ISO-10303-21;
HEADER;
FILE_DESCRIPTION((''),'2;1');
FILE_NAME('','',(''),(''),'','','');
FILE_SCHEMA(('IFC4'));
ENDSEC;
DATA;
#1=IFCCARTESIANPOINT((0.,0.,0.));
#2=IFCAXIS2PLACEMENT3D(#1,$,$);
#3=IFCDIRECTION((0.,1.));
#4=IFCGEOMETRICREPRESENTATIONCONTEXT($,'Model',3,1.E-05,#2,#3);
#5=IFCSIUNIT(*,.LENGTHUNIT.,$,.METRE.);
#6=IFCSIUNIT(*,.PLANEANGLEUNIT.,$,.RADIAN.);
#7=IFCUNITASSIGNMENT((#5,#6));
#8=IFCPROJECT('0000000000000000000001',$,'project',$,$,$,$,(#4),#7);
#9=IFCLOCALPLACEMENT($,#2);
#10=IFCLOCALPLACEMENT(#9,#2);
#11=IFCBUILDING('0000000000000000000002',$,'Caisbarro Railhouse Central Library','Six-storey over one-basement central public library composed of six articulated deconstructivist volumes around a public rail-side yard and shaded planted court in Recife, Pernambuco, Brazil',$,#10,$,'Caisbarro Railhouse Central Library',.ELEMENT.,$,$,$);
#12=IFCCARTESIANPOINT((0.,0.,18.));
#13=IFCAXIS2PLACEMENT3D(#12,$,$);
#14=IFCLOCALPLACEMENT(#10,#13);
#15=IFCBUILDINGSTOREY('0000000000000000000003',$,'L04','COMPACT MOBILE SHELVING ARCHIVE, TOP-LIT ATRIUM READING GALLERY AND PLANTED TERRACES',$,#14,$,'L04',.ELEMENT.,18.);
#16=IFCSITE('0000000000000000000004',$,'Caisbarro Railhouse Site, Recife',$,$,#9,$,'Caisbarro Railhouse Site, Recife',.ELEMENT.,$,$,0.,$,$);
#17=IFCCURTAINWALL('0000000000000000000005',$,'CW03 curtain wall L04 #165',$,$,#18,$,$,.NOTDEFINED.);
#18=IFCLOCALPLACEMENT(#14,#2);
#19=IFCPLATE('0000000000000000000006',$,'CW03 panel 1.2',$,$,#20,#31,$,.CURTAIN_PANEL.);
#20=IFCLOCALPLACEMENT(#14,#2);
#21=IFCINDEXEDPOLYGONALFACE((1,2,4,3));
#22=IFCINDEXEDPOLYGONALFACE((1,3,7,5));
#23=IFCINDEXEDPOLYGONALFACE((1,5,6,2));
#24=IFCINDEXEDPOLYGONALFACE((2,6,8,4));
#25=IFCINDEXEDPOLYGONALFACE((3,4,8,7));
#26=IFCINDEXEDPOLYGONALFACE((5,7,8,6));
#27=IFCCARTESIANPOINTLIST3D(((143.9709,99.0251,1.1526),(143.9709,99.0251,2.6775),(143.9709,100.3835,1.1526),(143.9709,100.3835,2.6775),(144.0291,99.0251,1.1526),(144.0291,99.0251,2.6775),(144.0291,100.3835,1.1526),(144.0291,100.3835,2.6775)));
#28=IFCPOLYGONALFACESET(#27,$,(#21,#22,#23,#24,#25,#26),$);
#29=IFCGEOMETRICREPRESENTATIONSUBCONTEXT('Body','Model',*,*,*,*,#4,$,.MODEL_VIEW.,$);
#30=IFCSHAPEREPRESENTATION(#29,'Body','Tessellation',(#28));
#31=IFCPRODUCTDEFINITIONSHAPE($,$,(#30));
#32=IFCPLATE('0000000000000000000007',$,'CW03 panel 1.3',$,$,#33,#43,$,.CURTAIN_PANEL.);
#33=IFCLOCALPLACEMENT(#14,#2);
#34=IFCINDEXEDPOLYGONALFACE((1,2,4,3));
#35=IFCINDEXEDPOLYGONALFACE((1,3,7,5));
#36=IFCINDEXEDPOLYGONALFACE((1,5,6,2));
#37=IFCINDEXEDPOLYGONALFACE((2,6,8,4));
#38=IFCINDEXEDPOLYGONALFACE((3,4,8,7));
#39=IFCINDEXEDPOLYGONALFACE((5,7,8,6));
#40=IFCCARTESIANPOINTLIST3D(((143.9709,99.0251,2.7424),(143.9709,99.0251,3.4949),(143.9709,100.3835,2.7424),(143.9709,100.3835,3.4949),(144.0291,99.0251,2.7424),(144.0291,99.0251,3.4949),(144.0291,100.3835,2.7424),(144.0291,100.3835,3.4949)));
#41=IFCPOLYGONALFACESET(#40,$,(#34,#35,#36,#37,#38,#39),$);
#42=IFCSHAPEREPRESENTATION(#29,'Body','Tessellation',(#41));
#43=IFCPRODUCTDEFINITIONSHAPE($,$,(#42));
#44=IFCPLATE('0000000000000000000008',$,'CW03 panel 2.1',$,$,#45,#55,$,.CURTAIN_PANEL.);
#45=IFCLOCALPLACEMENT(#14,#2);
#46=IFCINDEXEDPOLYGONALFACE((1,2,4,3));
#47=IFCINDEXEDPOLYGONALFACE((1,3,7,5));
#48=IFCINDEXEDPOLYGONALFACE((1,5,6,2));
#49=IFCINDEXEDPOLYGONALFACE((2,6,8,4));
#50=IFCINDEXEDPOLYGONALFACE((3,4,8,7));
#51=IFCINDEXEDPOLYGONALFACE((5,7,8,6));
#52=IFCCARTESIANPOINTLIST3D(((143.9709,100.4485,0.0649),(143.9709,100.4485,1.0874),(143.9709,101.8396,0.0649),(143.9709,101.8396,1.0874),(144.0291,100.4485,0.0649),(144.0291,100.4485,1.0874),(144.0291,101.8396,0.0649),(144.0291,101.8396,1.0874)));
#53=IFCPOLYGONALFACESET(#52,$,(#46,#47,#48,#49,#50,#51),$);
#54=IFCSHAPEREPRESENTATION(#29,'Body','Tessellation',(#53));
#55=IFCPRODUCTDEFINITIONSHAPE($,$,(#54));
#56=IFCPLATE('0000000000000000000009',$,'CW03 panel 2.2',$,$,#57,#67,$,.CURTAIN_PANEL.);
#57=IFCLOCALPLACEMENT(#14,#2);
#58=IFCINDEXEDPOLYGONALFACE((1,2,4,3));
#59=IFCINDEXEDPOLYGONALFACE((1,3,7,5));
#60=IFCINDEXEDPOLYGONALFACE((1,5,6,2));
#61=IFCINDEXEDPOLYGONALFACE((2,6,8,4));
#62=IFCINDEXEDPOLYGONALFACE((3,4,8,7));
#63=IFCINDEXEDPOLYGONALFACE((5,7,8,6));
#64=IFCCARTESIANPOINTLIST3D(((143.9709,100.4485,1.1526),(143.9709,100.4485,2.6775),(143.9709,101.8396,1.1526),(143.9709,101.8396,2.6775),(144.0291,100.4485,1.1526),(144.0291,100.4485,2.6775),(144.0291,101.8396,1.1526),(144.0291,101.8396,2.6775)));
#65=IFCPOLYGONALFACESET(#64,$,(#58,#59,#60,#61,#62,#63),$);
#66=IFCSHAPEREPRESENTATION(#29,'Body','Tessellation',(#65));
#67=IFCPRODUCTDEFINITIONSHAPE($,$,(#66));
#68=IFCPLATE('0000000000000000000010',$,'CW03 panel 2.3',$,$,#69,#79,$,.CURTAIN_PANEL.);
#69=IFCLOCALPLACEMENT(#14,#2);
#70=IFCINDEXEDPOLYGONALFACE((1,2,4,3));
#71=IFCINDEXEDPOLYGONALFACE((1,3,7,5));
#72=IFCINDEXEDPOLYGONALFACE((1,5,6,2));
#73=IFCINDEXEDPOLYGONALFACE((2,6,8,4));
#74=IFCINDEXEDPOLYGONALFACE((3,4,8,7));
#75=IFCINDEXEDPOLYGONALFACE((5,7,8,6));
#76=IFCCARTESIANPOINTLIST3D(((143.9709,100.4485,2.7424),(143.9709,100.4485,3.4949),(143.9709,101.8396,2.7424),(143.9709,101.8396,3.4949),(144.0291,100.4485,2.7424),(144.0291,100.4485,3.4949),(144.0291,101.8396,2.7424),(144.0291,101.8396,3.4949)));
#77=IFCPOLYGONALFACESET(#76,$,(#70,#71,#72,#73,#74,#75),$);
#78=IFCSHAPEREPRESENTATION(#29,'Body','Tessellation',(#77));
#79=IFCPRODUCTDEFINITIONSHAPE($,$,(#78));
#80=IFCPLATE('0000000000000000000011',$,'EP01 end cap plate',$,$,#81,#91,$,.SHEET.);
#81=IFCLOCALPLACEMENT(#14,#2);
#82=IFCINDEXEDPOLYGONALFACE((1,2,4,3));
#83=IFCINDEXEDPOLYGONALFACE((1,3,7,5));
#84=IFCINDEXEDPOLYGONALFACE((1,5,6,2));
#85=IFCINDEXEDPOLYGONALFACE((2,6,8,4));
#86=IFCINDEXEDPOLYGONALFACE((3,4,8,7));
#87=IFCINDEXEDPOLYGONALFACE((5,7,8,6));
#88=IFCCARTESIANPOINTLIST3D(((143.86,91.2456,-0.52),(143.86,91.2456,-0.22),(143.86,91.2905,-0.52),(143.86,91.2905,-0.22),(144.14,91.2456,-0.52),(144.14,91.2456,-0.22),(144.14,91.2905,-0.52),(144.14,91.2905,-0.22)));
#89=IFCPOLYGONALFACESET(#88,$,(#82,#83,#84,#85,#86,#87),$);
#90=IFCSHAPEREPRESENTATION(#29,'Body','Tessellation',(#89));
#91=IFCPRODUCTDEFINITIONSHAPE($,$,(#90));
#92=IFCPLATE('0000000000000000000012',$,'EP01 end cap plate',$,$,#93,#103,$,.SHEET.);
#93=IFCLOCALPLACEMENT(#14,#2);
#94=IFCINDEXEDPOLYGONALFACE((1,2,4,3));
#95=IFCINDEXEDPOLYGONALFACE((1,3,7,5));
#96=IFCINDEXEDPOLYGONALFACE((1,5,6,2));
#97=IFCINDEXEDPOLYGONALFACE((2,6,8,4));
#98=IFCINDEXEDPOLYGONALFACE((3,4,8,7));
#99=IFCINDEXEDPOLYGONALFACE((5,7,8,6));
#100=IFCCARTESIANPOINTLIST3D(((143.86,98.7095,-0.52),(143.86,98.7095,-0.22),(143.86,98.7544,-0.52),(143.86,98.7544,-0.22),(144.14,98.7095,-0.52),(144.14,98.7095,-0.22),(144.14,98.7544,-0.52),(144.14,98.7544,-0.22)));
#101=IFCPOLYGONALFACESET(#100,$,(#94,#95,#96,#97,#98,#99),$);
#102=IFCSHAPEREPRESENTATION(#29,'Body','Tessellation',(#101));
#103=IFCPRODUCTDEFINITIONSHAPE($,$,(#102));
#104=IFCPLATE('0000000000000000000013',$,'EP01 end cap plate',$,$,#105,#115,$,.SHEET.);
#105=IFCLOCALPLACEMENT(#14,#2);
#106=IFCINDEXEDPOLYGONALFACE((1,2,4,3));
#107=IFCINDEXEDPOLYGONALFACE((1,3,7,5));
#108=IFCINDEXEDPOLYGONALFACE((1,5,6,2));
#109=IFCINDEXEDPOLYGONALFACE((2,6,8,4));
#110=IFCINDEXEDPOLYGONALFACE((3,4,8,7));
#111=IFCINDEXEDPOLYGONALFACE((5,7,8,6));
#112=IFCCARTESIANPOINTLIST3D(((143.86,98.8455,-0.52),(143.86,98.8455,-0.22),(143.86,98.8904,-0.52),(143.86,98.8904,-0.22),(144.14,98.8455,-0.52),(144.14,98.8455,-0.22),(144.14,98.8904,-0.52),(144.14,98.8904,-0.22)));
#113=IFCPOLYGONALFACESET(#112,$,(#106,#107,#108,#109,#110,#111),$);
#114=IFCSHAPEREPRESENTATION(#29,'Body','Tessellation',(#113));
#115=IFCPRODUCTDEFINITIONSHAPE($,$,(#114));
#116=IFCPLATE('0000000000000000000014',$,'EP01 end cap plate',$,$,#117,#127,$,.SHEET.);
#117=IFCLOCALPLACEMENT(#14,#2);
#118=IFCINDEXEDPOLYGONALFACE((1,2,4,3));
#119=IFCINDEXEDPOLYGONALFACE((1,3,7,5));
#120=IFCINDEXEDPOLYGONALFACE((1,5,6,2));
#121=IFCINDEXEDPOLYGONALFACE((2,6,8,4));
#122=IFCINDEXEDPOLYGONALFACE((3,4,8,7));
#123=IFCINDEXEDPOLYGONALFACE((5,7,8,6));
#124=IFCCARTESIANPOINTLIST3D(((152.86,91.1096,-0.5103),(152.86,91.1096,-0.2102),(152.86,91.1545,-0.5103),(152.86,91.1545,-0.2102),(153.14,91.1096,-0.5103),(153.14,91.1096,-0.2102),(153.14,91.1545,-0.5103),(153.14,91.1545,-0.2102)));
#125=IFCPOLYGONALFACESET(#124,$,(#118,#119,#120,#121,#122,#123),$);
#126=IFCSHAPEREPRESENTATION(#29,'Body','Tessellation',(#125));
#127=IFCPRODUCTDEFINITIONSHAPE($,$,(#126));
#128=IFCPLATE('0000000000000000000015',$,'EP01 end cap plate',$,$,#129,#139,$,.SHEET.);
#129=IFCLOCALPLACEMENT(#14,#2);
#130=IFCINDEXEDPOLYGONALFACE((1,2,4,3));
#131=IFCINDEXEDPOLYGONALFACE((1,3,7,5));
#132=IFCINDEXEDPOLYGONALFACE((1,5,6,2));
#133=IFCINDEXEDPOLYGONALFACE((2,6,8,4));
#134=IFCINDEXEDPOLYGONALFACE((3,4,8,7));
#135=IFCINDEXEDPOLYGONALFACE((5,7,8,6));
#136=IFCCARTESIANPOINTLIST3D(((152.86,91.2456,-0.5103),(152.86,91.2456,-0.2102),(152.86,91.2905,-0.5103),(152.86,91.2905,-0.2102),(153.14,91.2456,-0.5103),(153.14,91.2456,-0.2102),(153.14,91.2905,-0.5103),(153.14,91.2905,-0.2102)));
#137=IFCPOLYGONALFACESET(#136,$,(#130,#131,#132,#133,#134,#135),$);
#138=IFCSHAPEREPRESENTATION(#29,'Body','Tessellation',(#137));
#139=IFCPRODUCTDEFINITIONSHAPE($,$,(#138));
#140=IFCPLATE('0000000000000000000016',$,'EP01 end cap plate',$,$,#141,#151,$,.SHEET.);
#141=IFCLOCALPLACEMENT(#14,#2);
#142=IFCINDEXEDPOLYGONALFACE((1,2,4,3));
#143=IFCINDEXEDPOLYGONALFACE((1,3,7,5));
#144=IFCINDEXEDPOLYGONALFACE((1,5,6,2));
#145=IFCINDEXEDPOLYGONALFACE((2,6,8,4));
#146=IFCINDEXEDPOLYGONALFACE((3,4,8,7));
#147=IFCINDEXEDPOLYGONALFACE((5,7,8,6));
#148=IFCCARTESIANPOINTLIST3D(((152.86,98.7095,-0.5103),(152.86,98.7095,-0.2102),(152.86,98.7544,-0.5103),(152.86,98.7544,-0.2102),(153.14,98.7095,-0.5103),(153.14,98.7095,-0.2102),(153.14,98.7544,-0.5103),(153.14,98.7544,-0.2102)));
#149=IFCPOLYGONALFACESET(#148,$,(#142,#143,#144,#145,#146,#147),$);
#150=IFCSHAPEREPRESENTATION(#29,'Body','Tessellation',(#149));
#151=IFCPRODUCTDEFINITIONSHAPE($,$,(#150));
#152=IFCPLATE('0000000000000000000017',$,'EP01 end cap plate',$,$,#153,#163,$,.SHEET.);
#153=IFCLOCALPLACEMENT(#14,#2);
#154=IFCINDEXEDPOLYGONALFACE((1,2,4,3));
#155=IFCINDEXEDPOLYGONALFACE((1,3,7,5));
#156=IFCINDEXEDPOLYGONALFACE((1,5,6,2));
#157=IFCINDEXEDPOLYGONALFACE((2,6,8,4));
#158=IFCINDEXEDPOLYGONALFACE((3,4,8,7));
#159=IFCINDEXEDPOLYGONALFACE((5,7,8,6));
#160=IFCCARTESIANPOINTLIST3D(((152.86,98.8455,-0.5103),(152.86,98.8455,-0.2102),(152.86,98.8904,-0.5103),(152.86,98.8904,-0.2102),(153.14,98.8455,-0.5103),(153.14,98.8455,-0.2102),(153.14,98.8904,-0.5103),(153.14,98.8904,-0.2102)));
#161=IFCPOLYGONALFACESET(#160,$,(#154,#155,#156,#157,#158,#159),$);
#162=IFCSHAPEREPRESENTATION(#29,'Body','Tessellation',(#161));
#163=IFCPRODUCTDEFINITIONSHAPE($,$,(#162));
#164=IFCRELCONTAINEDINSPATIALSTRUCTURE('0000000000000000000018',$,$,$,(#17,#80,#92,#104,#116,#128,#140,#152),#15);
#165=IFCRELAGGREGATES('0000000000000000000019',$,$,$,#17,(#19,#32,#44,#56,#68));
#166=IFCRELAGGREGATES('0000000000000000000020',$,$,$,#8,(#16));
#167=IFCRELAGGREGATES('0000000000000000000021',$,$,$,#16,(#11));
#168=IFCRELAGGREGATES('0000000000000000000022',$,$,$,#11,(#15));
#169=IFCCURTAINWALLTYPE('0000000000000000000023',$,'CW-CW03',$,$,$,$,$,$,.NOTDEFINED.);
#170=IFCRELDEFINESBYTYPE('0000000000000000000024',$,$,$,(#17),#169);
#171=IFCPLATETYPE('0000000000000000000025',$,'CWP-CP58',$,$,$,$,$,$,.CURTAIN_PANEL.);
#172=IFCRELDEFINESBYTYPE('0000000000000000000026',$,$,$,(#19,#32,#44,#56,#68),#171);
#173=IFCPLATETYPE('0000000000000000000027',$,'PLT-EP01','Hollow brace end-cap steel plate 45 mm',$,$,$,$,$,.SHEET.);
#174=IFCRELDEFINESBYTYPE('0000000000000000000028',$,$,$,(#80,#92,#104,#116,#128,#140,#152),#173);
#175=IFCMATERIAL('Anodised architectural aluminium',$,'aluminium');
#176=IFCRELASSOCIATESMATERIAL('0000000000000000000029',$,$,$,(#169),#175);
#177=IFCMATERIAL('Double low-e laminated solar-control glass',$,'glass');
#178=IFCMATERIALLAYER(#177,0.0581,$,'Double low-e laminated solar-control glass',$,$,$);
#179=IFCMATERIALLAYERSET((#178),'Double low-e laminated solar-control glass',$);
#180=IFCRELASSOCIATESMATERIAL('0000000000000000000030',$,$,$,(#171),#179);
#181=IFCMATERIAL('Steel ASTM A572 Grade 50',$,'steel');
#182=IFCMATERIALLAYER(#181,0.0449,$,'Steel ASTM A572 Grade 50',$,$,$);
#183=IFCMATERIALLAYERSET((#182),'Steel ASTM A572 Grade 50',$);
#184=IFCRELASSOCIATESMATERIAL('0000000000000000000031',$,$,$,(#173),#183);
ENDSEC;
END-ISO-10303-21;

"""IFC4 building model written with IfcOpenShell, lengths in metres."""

from ifc_helpers import new_model, si_unit, direction, frame, origin, origin_2d, place, context, subcontext, project, spatial, rectangle, extrude, material, layer, layer_set, type_object, element, aggregate, save


model = new_model("IFC4")

# Units and contexts
model_context = context("Model", 3, precision=1e-05, world=origin(), true_north=direction((0.0, 1.0)))
body_context = subcontext(model_context, "Body", "Model", "MODEL_VIEW")
ifc_project = project(units=[si_unit("LENGTHUNIT", "METRE"), si_unit("PLANEANGLEUNIT", "RADIAN")], contexts=[model_context])

# Site, building, storey
site_placement = place(None, origin())
site = spatial("IfcSite", under=ifc_project, at=site_placement, Name="Caisbarro Railhouse Site, Recife", LongName="Caisbarro Railhouse Site, Recife", CompositionType="ELEMENT", RefElevation=0.0)
building_placement = place(site_placement, origin())
building = spatial("IfcBuilding", under=site, at=building_placement, Name="Caisbarro Railhouse Central Library", Description="Six-storey over one-basement central public library composed of six articulated deconstructivist volumes around a public rail-side yard and shaded planted court in Recife, Pernambuco, Brazil", LongName="Caisbarro Railhouse Central Library", CompositionType="ELEMENT")
storey_placement = place(building_placement, frame((0.0, 0.0, 18.0)))
storey = spatial("IfcBuildingStorey", under=building, at=storey_placement, Name="L04", Description="COMPACT MOBILE SHELVING ARCHIVE, TOP-LIT ATRIUM READING GALLERY AND PLANTED TERRACES", LongName="L04", CompositionType="ELEMENT", Elevation=18.0)

# Shared definitions
ifc_material_1 = material(Name="Steel ASTM A572 Grade 50", Category="steel")

# Curtain wall, plates
ifc_material_2 = material(Name="Anodised architectural aluminium", Category="aluminium")
curtain_wall_type = type_object("IfcCurtainWallType", Name="CW-CW03", PredefinedType="NOTDEFINED", material=ifc_material_2)
curtain_wall_placement = place(storey_placement, origin())
curtain_wall = element("IfcCurtainWall", 1, at=curtain_wall_placement, inside=storey, type_object=curtain_wall_type, Name="CW03 curtain wall L04 #165", PredefinedType="NOTDEFINED")
ifc_material_3 = material(Name="Double low-e laminated solar-control glass", Category="glass")
ifc_layer_1 = layer(ifc_material_3, 0.0581, Name="Double low-e laminated solar-control glass")
ifc_layer_set_1 = layer_set([ifc_layer_1], Name="Double low-e laminated solar-control glass")
plate_type_1 = type_object("IfcPlateType", Name="CWP-CP58", PredefinedType="CURTAIN_PANEL", material=ifc_layer_set_1)
plate_1_placement = place(storey_placement, frame((144.0, 99.7043, 1.1526), z_axis=(0.0, 0.0, 1.0), x_axis=(0.0, 1.0, 0.0)))
plate_1 = element("IfcPlate", 2, at=plate_1_placement, type_object=plate_type_1, Name="CW03 panel 1.2", PredefinedType="CURTAIN_PANEL", context=body_context, shape_type="SweptSolid", body=[
    extrude(rectangle(XDim=1.3584, YDim=0.0581, at=origin_2d()), origin(), (0.0, 0.0, 1.0), 1.5249),
])
plate_2_placement = place(storey_placement, frame((144.0, 99.7043, 2.7424), z_axis=(0.0, 0.0, 1.0), x_axis=(0.0, 1.0, 0.0)))
plate_2 = element("IfcPlate", 3, at=plate_2_placement, type_object=plate_type_1, Name="CW03 panel 1.3", PredefinedType="CURTAIN_PANEL", context=body_context, shape_type="SweptSolid", body=[
    extrude(rectangle(XDim=1.3584, YDim=0.0581, at=origin_2d()), origin(), (0.0, 0.0, 1.0), 0.7524),
])
plate_3_placement = place(storey_placement, frame((144.0, 101.144, 0.0649), z_axis=(0.0, 0.0, 1.0), x_axis=(0.0, 1.0, 0.0)))
plate_3 = element("IfcPlate", 4, at=plate_3_placement, type_object=plate_type_1, Name="CW03 panel 2.1", PredefinedType="CURTAIN_PANEL", context=body_context, shape_type="SweptSolid", body=[
    extrude(rectangle(XDim=1.3911, YDim=0.0581, at=origin_2d()), origin(), (0.0, 0.0, 1.0), 1.0225),
])
plate_4_placement = place(storey_placement, frame((144.0, 101.144, 1.1526), z_axis=(0.0, 0.0, 1.0), x_axis=(0.0, 1.0, 0.0)))
plate_4 = element("IfcPlate", 5, at=plate_4_placement, type_object=plate_type_1, Name="CW03 panel 2.2", PredefinedType="CURTAIN_PANEL", context=body_context, shape_type="SweptSolid", body=[
    extrude(rectangle(XDim=1.3911, YDim=0.0581, at=origin_2d()), origin(), (0.0, 0.0, 1.0), 1.5249),
])
plate_5_placement = place(storey_placement, frame((144.0, 101.144, 2.7424), z_axis=(0.0, 0.0, 1.0), x_axis=(0.0, 1.0, 0.0)))
plate_5 = element("IfcPlate", 6, at=plate_5_placement, type_object=plate_type_1, Name="CW03 panel 2.3", PredefinedType="CURTAIN_PANEL", context=body_context, shape_type="SweptSolid", body=[
    extrude(rectangle(XDim=1.3911, YDim=0.0581, at=origin_2d()), origin(), (0.0, 0.0, 1.0), 0.7524),
])
aggregate(curtain_wall, [plate_1, plate_2, plate_3, plate_4, plate_5])

# Plates
ifc_layer_2 = layer(ifc_material_1, 0.0449, Name="Steel ASTM A572 Grade 50")
ifc_layer_set_2 = layer_set([ifc_layer_2], Name="Steel ASTM A572 Grade 50")
plate_type_2 = type_object("IfcPlateType", Name="PLT-EP01", Description="Hollow brace end-cap steel plate 45 mm", PredefinedType="SHEET", material=ifc_layer_set_2)
for number, where, z_axis, x_axis, name in (
    (7, (144.0, 91.2681, -0.52), (0.0, 0.0, 1.0), (0.0, 1.0, 0.0), "EP01 end cap plate"),
    (8, (144.0, 98.7319, -0.52), (0.0, 0.0, 1.0), (0.0, 1.0, 0.0), "EP01 end cap plate"),
    (9, (144.0, 98.8679, -0.52), (0.0, 0.0, 1.0), (0.0, 1.0, 0.0), "EP01 end cap plate"),
    (10, (153.0, 91.1321, -0.5103), (0.0, 0.0, 1.0), (0.0, 1.0, 0.0), "EP01 end cap plate"),
    (11, (153.0, 91.2681, -0.5103), (0.0, 0.0, 1.0), (0.0, 1.0, 0.0), "EP01 end cap plate"),
    (12, (153.0, 98.7319, -0.5103), (0.0, 0.0, 1.0), (0.0, 1.0, 0.0), "EP01 end cap plate"),
    (13, (153.0, 98.8679, -0.5103), (0.0, 0.0, 1.0), (0.0, 1.0, 0.0), "EP01 end cap plate"),
):
    element("IfcPlate", number, at=place(storey_placement, frame(where, z_axis=z_axis, x_axis=x_axis)), inside=storey, type_object=plate_type_2, Name=name, PredefinedType="SHEET", context=body_context, shape_type="SweptSolid", body=[
        extrude(rectangle(XDim=0.0449, YDim=0.28, at=origin_2d()), origin(), (0.0, 0.0, 1.0), 0.3),
    ])

save(model, "model.ifc")
